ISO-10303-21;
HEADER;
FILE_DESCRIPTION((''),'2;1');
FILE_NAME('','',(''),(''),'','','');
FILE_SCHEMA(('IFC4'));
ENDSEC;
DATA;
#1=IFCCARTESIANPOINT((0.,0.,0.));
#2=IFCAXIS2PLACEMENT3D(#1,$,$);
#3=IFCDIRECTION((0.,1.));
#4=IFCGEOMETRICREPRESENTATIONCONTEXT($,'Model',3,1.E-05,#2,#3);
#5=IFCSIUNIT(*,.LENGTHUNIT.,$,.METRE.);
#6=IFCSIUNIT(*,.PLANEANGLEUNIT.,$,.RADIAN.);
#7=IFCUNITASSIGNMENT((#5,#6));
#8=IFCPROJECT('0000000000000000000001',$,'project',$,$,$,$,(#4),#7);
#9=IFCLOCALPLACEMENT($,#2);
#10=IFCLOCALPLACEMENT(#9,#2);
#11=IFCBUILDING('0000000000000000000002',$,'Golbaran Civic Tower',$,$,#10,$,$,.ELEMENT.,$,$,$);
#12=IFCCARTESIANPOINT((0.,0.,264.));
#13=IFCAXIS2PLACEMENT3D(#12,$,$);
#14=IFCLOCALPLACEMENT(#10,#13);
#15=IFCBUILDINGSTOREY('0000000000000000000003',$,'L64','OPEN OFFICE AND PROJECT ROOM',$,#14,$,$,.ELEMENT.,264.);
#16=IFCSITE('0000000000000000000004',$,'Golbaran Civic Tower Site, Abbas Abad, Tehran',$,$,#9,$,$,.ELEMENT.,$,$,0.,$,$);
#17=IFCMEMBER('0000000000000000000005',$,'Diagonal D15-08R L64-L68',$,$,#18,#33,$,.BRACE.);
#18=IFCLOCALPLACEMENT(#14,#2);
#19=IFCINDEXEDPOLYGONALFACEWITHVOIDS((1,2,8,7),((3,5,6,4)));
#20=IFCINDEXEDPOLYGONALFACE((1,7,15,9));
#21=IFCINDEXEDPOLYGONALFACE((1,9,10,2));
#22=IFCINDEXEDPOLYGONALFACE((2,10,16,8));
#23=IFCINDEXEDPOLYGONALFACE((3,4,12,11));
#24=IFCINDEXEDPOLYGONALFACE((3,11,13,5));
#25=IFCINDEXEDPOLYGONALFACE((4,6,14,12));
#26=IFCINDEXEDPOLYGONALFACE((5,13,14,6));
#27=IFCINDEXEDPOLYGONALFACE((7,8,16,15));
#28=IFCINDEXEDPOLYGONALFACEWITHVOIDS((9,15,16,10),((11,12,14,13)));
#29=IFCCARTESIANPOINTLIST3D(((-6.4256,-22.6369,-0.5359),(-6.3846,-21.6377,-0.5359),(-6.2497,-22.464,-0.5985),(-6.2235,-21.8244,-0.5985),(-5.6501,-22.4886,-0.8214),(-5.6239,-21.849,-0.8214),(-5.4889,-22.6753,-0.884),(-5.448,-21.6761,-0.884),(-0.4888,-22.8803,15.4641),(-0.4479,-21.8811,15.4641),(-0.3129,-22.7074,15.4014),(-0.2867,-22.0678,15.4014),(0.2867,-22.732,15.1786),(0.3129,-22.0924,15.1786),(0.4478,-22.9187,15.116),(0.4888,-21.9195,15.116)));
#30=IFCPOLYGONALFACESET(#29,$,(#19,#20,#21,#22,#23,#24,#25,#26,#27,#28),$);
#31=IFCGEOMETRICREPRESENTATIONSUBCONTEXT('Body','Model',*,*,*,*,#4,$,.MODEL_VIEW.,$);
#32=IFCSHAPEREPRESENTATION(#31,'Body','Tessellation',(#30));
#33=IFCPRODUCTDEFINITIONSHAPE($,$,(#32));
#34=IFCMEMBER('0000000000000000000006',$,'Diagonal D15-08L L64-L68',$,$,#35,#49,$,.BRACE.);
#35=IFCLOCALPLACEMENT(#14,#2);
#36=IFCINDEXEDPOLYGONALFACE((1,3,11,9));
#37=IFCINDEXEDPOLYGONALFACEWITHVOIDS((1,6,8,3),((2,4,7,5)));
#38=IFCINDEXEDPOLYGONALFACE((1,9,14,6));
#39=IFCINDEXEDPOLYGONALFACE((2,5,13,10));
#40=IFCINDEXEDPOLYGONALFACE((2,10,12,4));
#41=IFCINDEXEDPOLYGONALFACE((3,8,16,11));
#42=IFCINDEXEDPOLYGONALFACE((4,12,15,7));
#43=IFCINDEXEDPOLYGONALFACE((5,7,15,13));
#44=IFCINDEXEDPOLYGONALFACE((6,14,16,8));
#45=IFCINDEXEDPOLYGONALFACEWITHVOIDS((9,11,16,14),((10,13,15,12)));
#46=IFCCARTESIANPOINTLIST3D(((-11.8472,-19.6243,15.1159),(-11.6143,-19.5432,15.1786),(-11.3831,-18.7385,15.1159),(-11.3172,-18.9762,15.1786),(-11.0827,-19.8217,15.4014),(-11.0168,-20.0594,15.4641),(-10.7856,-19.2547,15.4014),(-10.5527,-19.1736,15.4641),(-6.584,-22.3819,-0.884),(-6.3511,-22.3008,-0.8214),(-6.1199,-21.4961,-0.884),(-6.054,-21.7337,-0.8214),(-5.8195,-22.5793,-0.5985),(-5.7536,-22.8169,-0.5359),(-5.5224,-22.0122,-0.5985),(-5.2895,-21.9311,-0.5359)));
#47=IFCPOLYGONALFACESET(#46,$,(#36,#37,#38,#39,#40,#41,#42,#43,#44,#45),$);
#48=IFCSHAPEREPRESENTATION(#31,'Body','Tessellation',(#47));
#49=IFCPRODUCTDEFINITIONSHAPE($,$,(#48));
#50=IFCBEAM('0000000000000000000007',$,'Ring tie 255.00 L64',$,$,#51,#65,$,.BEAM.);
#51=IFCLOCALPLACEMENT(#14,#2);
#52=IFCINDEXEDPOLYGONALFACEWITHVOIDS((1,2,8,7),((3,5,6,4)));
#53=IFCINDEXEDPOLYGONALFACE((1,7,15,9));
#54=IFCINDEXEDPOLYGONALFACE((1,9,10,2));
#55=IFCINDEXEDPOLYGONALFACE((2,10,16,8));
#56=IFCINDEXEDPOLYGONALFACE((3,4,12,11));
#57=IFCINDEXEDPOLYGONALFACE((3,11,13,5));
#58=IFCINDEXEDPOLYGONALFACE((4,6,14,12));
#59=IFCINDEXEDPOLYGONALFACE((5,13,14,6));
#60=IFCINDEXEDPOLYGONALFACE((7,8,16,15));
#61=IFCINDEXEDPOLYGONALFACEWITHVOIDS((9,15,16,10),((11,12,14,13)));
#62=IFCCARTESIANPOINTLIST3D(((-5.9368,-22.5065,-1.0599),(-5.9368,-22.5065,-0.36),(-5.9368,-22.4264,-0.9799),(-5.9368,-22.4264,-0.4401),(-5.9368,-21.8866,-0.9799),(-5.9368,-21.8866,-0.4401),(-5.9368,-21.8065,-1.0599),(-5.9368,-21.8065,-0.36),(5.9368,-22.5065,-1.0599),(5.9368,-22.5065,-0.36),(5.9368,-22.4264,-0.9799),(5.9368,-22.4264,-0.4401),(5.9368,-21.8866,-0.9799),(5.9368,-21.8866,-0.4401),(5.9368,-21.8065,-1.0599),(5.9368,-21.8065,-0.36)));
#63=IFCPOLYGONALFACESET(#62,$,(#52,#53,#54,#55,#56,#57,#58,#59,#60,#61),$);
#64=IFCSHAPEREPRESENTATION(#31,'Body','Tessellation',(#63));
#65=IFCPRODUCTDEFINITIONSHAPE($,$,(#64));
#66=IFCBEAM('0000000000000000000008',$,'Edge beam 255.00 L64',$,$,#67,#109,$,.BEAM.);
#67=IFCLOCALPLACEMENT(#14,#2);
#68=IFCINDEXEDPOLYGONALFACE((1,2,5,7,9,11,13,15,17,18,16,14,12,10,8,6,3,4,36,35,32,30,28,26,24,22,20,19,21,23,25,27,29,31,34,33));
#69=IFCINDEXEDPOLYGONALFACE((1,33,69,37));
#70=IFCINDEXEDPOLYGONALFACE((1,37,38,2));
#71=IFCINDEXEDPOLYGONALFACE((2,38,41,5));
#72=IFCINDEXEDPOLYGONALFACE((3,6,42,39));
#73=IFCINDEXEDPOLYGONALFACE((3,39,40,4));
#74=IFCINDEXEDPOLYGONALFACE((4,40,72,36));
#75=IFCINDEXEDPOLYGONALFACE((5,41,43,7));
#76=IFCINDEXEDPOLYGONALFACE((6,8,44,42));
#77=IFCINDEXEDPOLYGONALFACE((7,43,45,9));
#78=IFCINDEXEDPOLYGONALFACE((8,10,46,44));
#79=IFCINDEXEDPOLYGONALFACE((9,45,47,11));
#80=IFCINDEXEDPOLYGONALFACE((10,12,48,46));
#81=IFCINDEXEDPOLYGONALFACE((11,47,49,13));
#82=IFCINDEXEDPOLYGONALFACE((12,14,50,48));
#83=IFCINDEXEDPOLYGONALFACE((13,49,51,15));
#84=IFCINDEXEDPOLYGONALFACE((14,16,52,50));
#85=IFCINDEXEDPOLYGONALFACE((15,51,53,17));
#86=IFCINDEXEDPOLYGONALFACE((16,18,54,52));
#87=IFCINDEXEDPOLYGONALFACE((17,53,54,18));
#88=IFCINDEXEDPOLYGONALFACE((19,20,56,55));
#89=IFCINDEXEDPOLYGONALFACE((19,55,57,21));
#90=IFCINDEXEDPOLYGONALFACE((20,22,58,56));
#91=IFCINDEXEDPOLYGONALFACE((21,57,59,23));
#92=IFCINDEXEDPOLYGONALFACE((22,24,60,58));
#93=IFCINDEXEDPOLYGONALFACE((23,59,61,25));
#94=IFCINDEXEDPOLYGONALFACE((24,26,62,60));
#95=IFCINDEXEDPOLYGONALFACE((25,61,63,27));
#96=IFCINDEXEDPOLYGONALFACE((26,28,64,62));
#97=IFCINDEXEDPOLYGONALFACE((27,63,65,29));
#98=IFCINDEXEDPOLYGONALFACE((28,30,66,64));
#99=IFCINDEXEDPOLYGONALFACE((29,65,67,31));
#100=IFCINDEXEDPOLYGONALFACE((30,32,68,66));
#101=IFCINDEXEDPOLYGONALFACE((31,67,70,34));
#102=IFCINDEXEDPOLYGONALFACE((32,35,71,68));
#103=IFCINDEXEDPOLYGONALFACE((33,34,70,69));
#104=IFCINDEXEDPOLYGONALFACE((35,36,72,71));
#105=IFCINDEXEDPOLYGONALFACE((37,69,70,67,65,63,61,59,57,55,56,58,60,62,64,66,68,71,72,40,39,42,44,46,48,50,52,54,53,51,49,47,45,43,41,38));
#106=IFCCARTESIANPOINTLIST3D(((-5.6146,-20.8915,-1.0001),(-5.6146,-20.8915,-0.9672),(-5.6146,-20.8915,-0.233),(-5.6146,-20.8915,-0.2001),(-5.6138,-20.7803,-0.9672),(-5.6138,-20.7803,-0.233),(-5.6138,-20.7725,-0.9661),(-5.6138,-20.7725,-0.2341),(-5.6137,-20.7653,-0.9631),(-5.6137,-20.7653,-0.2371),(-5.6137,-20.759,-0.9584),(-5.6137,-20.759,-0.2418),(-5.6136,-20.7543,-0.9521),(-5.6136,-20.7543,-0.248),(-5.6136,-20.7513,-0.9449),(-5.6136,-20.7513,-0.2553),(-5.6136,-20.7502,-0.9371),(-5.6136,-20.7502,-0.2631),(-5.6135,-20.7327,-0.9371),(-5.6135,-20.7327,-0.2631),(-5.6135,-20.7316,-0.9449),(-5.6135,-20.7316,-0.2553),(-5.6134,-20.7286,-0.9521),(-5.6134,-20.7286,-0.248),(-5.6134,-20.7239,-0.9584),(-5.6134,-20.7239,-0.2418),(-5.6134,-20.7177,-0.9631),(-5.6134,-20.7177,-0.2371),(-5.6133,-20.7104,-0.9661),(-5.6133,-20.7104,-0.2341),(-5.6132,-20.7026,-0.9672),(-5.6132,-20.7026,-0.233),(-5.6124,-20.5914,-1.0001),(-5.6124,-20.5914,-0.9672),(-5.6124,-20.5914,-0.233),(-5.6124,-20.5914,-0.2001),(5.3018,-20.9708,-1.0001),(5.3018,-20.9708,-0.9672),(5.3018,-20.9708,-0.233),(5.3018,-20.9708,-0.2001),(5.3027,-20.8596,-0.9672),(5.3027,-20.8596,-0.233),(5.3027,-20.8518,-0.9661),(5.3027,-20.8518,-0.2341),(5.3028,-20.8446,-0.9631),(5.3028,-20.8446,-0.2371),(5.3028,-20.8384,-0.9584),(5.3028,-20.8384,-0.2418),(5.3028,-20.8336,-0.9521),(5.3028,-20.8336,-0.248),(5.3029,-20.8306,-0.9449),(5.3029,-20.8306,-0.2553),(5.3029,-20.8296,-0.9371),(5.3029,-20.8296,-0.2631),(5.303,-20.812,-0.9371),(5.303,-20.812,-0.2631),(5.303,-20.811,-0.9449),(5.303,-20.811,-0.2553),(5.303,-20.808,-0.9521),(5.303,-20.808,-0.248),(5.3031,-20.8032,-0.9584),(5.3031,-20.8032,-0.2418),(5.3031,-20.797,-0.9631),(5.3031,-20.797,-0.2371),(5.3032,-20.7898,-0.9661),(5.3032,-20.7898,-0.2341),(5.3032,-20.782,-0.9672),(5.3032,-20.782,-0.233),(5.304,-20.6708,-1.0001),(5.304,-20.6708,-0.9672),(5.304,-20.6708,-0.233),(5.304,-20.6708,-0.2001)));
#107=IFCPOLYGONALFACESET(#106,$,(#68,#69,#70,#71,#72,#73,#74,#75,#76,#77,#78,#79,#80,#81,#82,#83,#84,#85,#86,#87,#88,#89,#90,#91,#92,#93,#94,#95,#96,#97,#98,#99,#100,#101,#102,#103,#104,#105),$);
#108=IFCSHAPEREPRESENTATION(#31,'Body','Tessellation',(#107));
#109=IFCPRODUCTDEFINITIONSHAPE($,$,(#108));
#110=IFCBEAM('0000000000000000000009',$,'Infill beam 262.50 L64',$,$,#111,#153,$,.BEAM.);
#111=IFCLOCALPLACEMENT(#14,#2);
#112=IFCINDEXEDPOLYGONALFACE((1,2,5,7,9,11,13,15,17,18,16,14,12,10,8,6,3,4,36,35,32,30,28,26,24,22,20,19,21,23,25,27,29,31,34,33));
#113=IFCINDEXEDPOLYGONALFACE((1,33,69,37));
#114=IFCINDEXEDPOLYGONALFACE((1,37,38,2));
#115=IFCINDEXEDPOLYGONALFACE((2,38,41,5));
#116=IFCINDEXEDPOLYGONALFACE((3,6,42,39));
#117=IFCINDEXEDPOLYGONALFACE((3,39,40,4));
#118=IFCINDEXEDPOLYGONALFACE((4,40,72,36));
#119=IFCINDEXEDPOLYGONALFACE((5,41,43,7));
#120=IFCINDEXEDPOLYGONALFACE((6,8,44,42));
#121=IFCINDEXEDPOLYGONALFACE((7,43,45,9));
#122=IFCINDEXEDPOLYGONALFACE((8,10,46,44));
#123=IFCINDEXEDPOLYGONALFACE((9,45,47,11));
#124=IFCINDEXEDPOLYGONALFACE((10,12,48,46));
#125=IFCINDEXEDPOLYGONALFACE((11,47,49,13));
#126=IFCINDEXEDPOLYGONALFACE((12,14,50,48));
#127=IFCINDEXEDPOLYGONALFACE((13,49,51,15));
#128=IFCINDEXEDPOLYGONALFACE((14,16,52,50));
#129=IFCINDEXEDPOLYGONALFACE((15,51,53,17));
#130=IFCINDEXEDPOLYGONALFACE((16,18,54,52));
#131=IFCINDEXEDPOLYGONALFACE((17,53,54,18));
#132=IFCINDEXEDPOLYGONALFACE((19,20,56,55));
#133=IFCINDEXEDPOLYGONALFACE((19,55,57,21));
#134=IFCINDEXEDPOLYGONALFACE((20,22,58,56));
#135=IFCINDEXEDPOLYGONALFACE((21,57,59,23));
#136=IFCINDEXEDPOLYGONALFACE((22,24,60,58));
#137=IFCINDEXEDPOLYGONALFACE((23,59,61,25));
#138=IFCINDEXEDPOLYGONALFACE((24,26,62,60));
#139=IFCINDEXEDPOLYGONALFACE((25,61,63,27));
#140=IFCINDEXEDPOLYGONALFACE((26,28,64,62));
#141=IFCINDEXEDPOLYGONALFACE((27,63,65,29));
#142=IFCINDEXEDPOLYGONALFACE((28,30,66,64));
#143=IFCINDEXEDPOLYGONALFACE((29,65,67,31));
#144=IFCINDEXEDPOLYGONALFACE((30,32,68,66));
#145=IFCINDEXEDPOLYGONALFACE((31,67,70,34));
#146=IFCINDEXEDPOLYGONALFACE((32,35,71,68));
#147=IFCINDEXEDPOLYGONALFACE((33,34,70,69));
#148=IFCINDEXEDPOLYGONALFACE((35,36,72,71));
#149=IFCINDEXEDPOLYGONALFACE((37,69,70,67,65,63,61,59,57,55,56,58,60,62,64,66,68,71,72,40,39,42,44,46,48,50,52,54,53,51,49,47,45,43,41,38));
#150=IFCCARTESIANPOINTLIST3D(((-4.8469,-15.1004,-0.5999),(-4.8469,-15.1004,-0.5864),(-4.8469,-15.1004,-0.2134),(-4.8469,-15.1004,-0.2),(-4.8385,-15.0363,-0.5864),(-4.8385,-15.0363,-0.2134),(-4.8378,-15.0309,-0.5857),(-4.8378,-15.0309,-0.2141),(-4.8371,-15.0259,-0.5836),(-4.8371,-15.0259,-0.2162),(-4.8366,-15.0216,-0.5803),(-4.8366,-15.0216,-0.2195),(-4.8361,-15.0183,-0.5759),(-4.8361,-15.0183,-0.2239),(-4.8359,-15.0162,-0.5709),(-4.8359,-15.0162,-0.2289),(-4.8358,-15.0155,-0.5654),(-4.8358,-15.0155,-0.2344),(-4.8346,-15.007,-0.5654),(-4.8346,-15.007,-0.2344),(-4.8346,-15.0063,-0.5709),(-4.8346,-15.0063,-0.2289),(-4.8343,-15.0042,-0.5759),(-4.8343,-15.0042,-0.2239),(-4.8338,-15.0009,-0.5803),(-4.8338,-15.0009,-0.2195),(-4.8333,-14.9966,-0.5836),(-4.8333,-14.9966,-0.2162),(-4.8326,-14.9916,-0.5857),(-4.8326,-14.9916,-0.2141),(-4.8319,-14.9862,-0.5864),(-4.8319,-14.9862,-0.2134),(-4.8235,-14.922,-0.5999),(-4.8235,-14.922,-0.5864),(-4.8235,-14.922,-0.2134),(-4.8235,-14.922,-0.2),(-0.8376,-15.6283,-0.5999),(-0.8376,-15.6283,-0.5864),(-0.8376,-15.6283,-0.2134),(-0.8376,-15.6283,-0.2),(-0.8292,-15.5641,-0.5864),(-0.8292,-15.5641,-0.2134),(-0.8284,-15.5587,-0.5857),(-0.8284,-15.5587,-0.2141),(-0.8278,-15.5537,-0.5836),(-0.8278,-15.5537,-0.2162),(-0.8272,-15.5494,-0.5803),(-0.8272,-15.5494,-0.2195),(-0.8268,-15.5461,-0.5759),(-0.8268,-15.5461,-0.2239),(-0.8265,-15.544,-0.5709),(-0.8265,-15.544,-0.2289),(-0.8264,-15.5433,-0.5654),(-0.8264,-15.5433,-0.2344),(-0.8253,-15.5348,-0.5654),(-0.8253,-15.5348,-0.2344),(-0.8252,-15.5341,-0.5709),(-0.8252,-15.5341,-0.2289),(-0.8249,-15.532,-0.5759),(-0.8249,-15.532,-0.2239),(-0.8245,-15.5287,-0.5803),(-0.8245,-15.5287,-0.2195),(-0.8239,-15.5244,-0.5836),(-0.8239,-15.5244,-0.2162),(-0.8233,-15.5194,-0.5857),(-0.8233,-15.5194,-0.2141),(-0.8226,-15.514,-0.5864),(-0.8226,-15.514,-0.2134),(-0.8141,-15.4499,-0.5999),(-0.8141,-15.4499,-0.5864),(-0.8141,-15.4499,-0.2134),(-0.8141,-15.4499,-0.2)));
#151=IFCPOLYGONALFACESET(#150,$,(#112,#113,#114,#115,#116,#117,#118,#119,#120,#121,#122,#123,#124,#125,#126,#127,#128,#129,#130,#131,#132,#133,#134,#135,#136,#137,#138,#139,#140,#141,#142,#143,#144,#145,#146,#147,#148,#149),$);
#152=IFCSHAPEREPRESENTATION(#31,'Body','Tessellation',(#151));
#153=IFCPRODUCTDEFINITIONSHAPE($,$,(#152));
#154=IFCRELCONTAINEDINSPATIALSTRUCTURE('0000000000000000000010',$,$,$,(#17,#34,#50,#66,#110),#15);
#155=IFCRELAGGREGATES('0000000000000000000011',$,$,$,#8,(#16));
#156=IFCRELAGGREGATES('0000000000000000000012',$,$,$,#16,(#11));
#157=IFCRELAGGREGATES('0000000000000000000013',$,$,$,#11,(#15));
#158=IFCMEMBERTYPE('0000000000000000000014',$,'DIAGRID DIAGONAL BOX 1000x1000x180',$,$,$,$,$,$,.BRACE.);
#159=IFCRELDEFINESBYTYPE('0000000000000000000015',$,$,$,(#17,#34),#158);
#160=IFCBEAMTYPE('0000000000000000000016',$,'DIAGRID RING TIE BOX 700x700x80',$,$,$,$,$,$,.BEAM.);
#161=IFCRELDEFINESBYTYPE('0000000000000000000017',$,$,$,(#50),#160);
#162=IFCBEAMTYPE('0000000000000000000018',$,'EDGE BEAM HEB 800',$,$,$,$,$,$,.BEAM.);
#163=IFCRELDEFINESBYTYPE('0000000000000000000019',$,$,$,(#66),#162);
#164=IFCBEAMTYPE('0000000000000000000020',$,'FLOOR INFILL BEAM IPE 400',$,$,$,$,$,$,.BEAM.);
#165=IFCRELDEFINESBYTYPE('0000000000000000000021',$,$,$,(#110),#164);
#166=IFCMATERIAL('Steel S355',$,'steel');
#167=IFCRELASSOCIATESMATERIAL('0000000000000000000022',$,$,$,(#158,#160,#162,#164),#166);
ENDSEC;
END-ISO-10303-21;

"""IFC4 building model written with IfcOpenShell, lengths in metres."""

from ifc_helpers import new_model, si_unit, direction, frame, origin, origin_2d, place, context, subcontext, project, spatial, hollow_rectangle, i_section, extrude, material, material_profile, profile_set, type_object, element, save


model = new_model("IFC4")

# Units and contexts
model_context = context("Model", 3, precision=1e-05, world=origin(), true_north=direction((0.0, 1.0)))
body_context = subcontext(model_context, "Body", "Model", "MODEL_VIEW")
ifc_project = project(units=[si_unit("LENGTHUNIT", "METRE"), si_unit("PLANEANGLEUNIT", "RADIAN")], contexts=[model_context])

# Site, building, storey
site_placement = place(None, origin())
site = spatial("IfcSite", under=ifc_project, at=site_placement, Name="Golbaran Civic Tower Site, Abbas Abad, Tehran", CompositionType="ELEMENT", RefElevation=0.0)
building_placement = place(site_placement, origin())
building = spatial("IfcBuilding", under=site, at=building_placement, Name="Golbaran Civic Tower", CompositionType="ELEMENT")
storey_placement = place(building_placement, frame((0.0, 0.0, 264.0)))
storey = spatial("IfcBuildingStorey", under=building, at=storey_placement, Name="L64", Description="OPEN OFFICE AND PROJECT ROOM", CompositionType="ELEMENT", Elevation=264.0)

# Members
ifc_material_1 = material(Name="Steel S355", Category="steel")
ifc_material_profile_1 = material_profile(ifc_material_1, hollow_rectangle(XDim=1.0, YDim=1.0, WallThickness=0.1799, at=origin_2d()), Name="BOX 1000x1000x180")
ifc_profile_set_1 = profile_set([ifc_material_profile_1], Name="Steel S355")
member_type_1 = type_object("IfcMemberType", Name="DIAGRID DIAGONAL BOX 1000x1000x180", PredefinedType="BRACE", material=ifc_profile_set_1)
for number, where, z_axis, x_axis, name in (
    (1, (-5.9368, -22.1565, -0.71), (0.347838, -0.014261, 0.937446), (0.040966, 0.999161, 0.0), "Diagonal D15-08R L64-L68"),
    (2, (-5.9368, -22.1565, -0.71), (-0.308372, 0.161567, 0.937445), (-0.464095, -0.885786, 0.0), "Diagonal D15-08L L64-L68"),
):
    element("IfcMember", number, at=place(storey_placement, frame(where, z_axis=z_axis, x_axis=x_axis)), inside=storey, type_object=member_type_1, Name=name, PredefinedType="BRACE", context=body_context, shape_type="SweptSolid", body=[
        extrude(hollow_rectangle(XDim=1.0, YDim=1.0, WallThickness=0.1799, at=origin_2d()), origin(), (0.0, 0.0, 1.0), 17.0676),
    ])

# Beams
ifc_material_profile_2 = material_profile(ifc_material_1, hollow_rectangle(XDim=0.7, YDim=0.7, WallThickness=0.0801, at=origin_2d()), Name="BOX 700x700x80")
ifc_profile_set_2 = profile_set([ifc_material_profile_2], Name="Steel S355")
beam_type_1 = type_object("IfcBeamType", Name="DIAGRID RING TIE BOX 700x700x80", PredefinedType="BEAM", material=ifc_profile_set_2)
beam_1_placement = place(storey_placement, frame((-5.9368, -22.1565, -0.71), z_axis=(1.0, 0.0, 0.0), x_axis=(0.0, 1.0, 0.0)))
element("IfcBeam", 3, at=beam_1_placement, inside=storey, type_object=beam_type_1, Name="Ring tie 255.00 L64", PredefinedType="BEAM", context=body_context, shape_type="SweptSolid", body=[
    extrude(hollow_rectangle(XDim=0.7, YDim=0.7, WallThickness=0.0801, at=origin_2d()), origin(), (0.0, 0.0, 1.0), 11.8735),
])
ifc_material_profile_3 = material_profile(ifc_material_1, i_section(OverallWidth=0.3, OverallDepth=0.8, WebThickness=0.0176, FlangeThickness=0.033, FilletRadius=0.03, at=origin_2d()), Name="HEB 800")
ifc_profile_set_3 = profile_set([ifc_material_profile_3], Name="Steel S355")
beam_type_2 = type_object("IfcBeamType", Name="EDGE BEAM HEB 800", PredefinedType="BEAM", material=ifc_profile_set_3)
beam_2_placement = place(storey_placement, frame((-5.6135, -20.7415, -0.6001), z_axis=(0.999974, -0.007268, 0.0), x_axis=(0.007268, 0.999974, 0.0)))
element("IfcBeam", 4, at=beam_2_placement, inside=storey, type_object=beam_type_2, Name="Edge beam 255.00 L64", PredefinedType="BEAM", context=body_context, shape_type="SweptSolid", body=[
    extrude(i_section(OverallWidth=0.3, OverallDepth=0.8, WebThickness=0.0176, FlangeThickness=0.033, FilletRadius=0.03, at=origin_2d()), origin(), (0.0, 0.0, 1.0), 10.9167),
])
ifc_material_profile_4 = material_profile(ifc_material_1, i_section(OverallWidth=0.1799, OverallDepth=0.3999, WebThickness=0.0085, FlangeThickness=0.0134, FilletRadius=0.021, at=origin_2d()), Name="IPE 400")
ifc_profile_set_4 = profile_set([ifc_material_profile_4], Name="Steel S355")
beam_type_3 = type_object("IfcBeamType", Name="FLOOR INFILL BEAM IPE 400", PredefinedType="BEAM", material=ifc_profile_set_4)
beam_3_placement = place(storey_placement, frame((-4.8352, -15.0112, -0.3999), z_axis=(0.991445, -0.130526, 0.0), x_axis=(0.130526, 0.991445, 0.0)))
element("IfcBeam", 5, at=beam_3_placement, inside=storey, type_object=beam_type_3, Name="Infill beam 262.50 L64", PredefinedType="BEAM", context=body_context, shape_type="SweptSolid", body=[
    extrude(i_section(OverallWidth=0.1799, OverallDepth=0.3999, WebThickness=0.0085, FlangeThickness=0.0134, FilletRadius=0.021, at=origin_2d()), origin(), (0.0, 0.0, 1.0), 4.0439),
])

save(model, "model.ifc")
